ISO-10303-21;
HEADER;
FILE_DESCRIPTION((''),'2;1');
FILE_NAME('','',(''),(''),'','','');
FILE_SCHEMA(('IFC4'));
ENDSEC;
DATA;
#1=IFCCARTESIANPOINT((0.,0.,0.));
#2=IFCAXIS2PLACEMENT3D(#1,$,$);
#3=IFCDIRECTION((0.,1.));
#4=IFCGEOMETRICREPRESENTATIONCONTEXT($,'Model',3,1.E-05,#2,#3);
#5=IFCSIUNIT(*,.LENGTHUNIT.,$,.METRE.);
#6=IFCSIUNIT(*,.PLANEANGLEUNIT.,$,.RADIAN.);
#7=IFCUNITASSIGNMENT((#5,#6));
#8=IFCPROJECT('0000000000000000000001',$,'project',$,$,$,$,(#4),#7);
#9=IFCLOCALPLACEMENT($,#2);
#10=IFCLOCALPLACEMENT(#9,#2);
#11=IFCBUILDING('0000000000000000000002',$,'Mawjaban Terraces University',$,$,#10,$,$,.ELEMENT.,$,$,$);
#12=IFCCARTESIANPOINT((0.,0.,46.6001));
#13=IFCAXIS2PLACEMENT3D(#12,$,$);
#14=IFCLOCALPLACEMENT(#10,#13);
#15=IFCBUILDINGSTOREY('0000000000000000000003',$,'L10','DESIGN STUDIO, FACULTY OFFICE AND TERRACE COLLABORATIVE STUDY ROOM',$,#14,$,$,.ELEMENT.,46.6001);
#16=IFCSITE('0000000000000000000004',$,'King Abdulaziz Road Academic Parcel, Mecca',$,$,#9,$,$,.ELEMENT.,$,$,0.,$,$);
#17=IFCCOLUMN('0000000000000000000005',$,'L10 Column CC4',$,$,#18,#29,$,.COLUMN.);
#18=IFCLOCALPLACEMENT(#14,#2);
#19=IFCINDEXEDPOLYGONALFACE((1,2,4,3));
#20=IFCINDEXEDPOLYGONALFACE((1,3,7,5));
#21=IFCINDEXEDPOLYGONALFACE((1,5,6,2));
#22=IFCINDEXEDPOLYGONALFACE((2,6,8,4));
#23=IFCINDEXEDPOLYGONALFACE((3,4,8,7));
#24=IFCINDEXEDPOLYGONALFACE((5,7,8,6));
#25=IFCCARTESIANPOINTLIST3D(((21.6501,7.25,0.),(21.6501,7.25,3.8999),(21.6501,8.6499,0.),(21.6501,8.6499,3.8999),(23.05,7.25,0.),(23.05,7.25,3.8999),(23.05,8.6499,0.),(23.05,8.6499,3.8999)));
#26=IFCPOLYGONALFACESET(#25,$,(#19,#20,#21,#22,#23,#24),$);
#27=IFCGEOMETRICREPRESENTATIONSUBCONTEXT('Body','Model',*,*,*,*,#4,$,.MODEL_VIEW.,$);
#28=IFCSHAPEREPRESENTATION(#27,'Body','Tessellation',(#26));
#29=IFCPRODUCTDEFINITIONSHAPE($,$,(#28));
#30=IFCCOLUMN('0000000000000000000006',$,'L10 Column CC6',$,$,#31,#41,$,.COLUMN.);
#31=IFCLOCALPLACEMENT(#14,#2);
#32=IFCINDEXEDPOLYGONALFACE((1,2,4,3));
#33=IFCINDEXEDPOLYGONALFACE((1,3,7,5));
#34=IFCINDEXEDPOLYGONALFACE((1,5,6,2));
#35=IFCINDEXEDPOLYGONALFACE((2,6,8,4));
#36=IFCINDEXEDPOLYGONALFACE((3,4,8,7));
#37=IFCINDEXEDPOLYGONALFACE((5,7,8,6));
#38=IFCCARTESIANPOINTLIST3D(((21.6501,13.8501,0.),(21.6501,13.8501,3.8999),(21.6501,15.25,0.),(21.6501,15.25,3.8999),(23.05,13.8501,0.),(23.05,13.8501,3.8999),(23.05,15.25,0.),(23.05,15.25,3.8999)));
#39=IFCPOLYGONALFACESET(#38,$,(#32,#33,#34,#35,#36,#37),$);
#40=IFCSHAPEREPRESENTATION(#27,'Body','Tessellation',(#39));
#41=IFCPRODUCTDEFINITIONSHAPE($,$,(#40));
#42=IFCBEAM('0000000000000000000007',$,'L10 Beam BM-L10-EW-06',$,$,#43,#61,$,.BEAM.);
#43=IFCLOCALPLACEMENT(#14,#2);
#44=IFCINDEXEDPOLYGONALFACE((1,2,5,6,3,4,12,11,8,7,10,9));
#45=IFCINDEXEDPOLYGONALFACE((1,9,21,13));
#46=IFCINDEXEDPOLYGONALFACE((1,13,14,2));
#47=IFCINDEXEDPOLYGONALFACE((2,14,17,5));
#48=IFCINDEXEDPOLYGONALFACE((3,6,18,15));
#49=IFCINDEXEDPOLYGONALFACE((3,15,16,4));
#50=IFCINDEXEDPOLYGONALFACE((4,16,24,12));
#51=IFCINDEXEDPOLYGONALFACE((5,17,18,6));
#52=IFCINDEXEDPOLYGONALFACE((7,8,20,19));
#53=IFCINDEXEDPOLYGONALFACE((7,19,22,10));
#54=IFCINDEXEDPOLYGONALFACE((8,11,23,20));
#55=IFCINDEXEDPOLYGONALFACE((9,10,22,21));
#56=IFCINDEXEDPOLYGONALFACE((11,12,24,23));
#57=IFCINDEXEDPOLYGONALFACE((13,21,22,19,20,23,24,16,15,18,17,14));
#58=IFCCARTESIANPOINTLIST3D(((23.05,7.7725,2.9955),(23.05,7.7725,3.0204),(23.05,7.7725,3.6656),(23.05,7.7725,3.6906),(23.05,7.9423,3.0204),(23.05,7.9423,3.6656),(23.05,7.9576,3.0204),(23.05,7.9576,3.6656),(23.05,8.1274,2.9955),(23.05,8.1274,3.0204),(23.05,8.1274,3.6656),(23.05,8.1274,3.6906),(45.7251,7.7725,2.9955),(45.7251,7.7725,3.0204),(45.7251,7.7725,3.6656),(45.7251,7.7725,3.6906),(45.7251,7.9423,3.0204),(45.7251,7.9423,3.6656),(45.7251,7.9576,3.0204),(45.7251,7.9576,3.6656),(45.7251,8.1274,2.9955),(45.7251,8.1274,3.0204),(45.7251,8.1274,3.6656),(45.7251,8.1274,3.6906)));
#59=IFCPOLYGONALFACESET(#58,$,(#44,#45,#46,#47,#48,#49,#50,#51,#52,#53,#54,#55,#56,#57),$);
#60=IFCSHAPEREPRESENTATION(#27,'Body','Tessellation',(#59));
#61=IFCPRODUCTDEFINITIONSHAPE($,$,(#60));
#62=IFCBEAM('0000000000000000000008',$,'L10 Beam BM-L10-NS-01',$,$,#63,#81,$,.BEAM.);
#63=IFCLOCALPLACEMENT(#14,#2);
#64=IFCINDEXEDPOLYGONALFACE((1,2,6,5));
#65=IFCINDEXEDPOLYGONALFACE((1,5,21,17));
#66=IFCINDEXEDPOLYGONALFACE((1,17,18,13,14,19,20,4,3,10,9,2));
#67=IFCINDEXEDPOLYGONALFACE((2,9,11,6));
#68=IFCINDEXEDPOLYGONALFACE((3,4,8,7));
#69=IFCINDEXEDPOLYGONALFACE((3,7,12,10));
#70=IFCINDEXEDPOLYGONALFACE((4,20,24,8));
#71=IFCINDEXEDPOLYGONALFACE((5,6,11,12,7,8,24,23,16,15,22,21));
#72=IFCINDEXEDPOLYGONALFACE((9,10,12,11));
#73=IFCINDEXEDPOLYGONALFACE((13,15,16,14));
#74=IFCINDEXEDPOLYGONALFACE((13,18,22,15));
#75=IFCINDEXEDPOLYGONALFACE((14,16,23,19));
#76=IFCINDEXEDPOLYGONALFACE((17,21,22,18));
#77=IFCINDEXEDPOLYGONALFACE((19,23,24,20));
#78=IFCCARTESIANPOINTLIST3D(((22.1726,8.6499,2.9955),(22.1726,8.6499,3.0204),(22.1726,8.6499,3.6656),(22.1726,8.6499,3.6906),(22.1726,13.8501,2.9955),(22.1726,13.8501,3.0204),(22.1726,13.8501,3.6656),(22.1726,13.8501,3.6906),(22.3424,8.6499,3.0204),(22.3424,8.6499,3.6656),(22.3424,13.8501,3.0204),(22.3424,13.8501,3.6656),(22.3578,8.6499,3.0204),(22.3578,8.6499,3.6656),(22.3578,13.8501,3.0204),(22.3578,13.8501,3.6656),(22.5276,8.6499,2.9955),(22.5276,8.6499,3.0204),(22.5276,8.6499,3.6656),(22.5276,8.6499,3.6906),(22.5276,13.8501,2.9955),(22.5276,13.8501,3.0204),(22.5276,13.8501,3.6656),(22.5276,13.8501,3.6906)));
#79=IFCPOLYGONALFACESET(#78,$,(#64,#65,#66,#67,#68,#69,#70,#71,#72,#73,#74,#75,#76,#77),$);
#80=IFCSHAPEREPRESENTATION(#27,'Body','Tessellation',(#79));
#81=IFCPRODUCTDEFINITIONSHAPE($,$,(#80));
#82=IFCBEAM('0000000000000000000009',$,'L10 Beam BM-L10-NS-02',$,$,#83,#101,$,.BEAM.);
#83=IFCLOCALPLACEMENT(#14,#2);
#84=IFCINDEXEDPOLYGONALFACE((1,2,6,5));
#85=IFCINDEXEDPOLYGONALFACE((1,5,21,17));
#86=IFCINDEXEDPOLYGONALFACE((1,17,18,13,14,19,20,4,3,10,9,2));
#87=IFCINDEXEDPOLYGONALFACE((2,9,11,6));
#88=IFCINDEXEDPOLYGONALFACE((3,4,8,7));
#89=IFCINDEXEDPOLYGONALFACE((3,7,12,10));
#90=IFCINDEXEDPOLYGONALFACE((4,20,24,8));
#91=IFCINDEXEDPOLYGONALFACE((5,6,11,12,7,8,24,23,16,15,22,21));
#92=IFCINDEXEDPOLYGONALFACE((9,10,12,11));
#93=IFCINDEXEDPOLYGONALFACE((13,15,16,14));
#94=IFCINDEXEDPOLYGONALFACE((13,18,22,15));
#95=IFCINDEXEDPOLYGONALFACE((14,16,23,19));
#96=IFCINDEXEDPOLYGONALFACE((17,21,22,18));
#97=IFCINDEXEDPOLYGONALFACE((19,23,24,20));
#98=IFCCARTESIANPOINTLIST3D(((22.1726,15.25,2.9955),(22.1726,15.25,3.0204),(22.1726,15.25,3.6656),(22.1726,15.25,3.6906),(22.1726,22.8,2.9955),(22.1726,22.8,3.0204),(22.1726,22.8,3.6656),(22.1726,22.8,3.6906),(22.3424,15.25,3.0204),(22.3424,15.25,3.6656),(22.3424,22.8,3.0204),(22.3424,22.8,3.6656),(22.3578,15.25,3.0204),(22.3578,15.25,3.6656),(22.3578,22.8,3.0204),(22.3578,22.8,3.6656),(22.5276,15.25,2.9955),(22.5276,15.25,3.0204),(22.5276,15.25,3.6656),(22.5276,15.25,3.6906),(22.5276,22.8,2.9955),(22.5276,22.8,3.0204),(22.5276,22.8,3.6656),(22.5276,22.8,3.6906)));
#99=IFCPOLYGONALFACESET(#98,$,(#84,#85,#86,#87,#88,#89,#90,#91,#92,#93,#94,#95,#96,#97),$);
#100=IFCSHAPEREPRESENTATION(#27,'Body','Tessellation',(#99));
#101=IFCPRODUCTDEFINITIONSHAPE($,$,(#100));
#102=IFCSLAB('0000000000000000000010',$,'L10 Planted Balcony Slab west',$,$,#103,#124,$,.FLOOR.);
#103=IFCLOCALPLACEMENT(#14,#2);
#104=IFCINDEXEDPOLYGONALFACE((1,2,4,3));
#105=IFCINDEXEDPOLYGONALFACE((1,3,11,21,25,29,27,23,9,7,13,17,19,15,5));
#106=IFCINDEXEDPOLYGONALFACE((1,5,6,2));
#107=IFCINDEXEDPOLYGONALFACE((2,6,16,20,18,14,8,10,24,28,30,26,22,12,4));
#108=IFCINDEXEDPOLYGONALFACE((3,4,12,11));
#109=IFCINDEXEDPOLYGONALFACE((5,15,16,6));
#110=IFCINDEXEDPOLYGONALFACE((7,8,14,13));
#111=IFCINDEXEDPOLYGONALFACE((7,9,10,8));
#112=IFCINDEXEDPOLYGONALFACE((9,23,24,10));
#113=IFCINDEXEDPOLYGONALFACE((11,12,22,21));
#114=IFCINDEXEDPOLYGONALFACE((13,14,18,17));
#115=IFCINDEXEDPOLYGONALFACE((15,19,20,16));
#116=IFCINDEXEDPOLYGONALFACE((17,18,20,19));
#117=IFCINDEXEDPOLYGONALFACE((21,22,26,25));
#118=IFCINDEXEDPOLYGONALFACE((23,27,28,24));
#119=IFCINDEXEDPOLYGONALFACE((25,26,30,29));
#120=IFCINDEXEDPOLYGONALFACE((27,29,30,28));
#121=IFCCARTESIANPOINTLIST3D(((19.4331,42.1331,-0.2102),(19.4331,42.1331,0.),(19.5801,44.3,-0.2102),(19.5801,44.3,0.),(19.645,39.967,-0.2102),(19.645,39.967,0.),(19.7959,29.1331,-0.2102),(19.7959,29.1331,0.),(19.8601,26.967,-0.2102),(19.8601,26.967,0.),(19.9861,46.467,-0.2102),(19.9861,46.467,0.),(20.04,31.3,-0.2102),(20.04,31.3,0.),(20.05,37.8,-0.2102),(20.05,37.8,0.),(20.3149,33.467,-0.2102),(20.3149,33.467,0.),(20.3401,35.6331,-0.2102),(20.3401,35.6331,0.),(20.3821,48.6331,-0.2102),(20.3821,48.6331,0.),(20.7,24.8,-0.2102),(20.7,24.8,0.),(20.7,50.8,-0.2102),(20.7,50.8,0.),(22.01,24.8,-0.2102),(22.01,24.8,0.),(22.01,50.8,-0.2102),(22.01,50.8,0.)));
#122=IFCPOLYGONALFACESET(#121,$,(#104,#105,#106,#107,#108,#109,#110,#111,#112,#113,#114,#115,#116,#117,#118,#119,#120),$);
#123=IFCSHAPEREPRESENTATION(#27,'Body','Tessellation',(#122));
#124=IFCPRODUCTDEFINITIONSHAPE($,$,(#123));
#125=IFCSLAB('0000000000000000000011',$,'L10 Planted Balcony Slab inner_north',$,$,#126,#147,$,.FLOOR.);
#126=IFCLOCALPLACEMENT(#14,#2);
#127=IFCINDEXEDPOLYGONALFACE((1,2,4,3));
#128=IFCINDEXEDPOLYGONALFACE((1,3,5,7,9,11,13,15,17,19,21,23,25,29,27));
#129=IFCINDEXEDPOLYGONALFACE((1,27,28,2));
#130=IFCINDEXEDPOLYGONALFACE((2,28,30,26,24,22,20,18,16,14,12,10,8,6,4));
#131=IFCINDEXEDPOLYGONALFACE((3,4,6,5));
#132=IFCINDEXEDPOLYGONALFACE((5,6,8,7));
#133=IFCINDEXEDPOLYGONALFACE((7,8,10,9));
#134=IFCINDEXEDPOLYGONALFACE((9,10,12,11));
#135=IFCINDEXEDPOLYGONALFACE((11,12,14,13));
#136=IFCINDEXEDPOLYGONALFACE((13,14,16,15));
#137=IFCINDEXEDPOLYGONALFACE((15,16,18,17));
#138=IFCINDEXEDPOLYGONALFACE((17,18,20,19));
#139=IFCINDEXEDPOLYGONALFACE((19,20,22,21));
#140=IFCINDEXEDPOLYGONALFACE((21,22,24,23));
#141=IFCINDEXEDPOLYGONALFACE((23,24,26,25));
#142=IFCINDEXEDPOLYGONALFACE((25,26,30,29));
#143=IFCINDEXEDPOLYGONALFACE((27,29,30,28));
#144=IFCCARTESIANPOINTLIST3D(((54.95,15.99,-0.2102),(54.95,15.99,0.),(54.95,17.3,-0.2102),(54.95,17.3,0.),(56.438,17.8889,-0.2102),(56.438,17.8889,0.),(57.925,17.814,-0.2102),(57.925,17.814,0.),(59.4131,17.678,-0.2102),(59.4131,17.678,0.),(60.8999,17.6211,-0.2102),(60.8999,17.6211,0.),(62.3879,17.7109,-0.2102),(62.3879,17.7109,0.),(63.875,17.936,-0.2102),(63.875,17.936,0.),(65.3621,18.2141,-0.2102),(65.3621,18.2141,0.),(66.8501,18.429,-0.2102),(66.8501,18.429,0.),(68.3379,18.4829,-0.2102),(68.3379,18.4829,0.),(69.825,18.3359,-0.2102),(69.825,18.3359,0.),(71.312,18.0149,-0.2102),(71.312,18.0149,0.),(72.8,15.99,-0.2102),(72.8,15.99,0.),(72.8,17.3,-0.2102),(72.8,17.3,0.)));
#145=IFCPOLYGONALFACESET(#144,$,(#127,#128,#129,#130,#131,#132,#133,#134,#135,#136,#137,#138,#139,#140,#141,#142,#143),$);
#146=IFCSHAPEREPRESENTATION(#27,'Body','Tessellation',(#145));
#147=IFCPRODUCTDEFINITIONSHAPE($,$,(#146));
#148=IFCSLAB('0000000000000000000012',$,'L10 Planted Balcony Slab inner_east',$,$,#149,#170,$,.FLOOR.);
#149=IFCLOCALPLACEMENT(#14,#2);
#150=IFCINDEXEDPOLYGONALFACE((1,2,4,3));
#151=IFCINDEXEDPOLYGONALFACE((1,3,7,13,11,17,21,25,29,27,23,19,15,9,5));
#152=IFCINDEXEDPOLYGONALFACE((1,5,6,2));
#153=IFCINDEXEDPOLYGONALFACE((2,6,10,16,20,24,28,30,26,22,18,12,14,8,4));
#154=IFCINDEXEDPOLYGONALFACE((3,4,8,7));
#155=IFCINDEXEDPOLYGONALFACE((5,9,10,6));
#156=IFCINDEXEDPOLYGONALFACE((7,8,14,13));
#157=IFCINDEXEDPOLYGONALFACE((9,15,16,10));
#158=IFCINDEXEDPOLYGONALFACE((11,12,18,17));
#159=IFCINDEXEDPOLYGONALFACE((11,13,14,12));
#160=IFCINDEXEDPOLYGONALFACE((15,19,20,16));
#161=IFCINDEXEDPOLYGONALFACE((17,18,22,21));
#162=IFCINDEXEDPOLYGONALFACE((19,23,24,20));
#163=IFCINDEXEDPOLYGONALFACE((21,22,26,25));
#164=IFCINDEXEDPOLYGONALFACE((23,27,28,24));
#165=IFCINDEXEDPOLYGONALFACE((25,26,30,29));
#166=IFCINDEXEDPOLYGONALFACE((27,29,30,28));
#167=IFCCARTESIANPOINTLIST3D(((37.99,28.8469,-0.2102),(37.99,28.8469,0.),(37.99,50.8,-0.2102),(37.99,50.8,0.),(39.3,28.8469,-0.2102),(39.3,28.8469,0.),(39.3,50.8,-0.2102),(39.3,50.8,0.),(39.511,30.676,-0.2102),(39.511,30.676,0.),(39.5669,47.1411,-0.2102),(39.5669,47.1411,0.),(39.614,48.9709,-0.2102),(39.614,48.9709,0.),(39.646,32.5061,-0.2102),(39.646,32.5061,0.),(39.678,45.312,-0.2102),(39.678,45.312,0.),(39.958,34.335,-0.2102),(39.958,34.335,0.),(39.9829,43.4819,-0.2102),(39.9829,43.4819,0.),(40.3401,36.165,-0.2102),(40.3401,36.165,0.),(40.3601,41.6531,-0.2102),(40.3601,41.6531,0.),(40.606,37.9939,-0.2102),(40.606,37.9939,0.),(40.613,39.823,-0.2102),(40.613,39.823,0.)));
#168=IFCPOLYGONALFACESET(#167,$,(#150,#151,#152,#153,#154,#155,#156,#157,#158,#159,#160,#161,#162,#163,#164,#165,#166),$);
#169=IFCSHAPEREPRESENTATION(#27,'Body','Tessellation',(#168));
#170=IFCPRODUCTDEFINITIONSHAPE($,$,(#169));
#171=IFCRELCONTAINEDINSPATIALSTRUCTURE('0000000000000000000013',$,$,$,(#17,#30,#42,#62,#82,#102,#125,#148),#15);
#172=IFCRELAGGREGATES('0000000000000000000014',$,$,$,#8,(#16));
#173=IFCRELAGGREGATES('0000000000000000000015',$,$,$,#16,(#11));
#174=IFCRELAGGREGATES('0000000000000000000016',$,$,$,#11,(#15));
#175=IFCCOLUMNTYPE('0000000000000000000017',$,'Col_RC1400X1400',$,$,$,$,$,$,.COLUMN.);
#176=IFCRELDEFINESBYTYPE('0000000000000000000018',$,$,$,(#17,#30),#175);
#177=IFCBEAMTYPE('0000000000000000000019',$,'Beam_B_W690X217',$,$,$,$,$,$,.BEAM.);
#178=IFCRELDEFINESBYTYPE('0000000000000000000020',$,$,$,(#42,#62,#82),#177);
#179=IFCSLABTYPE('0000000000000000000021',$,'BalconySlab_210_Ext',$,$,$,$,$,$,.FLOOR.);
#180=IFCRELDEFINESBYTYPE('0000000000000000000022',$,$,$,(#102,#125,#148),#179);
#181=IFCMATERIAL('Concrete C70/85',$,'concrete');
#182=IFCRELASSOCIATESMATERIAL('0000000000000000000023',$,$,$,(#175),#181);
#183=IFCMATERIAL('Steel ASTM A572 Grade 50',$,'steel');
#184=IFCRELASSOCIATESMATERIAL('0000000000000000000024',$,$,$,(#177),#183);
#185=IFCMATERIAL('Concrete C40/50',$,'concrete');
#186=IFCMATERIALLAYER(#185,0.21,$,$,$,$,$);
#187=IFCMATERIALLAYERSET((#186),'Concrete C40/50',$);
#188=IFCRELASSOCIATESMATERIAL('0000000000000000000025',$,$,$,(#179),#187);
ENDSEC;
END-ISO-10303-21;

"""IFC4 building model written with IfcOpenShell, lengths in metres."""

from ifc_helpers import new_model, si_unit, direction, frame, origin, origin_2d, place, context, subcontext, project, spatial, polyline, rectangle, i_section, outline, extrude, material, layer, layer_set, material_profile, profile_set, type_object, element, save


model = new_model("IFC4")

# Units and contexts
model_context = context("Model", 3, precision=1e-05, world=origin(), true_north=direction((0.0, 1.0)))
body_context = subcontext(model_context, "Body", "Model", "MODEL_VIEW")
ifc_project = project(units=[si_unit("LENGTHUNIT", "METRE"), si_unit("PLANEANGLEUNIT", "RADIAN")], contexts=[model_context])

# Site, building, storey
site_placement = place(None, origin())
site = spatial("IfcSite", under=ifc_project, at=site_placement, Name="King Abdulaziz Road Academic Parcel, Mecca", CompositionType="ELEMENT", RefElevation=0.0)
building_placement = place(site_placement, origin())
building = spatial("IfcBuilding", under=site, at=building_placement, Name="Mawjaban Terraces University", CompositionType="ELEMENT")
storey_placement = place(building_placement, frame((0.0, 0.0, 46.6001)))
storey = spatial("IfcBuildingStorey", under=building, at=storey_placement, Name="L10", Description="DESIGN STUDIO, FACULTY OFFICE AND TERRACE COLLABORATIVE STUDY ROOM", CompositionType="ELEMENT", Elevation=46.6001)

# Columns
ifc_material_1 = material(Name="Concrete C70/85", Category="concrete")
ifc_material_profile_1 = material_profile(ifc_material_1, rectangle(XDim=1.3999, YDim=1.3999, at=origin_2d()), Name="RC1400X1400")
ifc_profile_set_1 = profile_set([ifc_material_profile_1], Name="Concrete C70/85")
column_type = type_object("IfcColumnType", Name="Col_RC1400X1400", PredefinedType="COLUMN", material=ifc_profile_set_1)
for number, where, z_axis, x_axis, name in (
    (1, (22.3501, 7.95, 0.0), (0.0, 0.0, 1.0), (1.0, 0.0, 0.0), "L10 Column CC4"),
    (2, (22.3501, 14.55, 0.0), (0.0, 0.0, 1.0), (1.0, 0.0, 0.0), "L10 Column CC6"),
):
    element("IfcColumn", number, at=place(storey_placement, frame(where, z_axis=z_axis, x_axis=x_axis)), inside=storey, type_object=column_type, Name=name, PredefinedType="COLUMN", context=body_context, shape_type="SweptSolid", body=[
        extrude(rectangle(XDim=1.3999, YDim=1.3999, at=origin_2d()), origin(), (0.0, 0.0, 1.0), 3.8999),
    ])

# Beams
ifc_material_2 = material(Name="Steel ASTM A572 Grade 50", Category="steel")
ifc_material_profile_2 = material_profile(ifc_material_2, i_section(OverallWidth=0.355, OverallDepth=0.6951, WebThickness=0.0154, FlangeThickness=0.0249, at=origin_2d()), Name="W690X217")
ifc_profile_set_2 = profile_set([ifc_material_profile_2], Name="Steel ASTM A572 Grade 50")
beam_type = type_object("IfcBeamType", Name="Beam_B_W690X217", PredefinedType="BEAM", material=ifc_profile_set_2)
beam_1_placement = place(storey_placement, frame((23.05, 7.95, 3.343), z_axis=(1.0, 0.0, 0.0), x_axis=(0.0, 1.0, 0.0)))
element("IfcBeam", 3, at=beam_1_placement, inside=storey, type_object=beam_type, Name="L10 Beam BM-L10-EW-06", PredefinedType="BEAM", context=body_context, shape_type="SweptSolid", body=[
    extrude(i_section(OverallWidth=0.355, OverallDepth=0.6951, WebThickness=0.0154, FlangeThickness=0.0249, at=origin_2d()), origin(), (0.0, 0.0, 1.0), 22.675),
])
beam_2_placement = place(storey_placement, frame((22.3501, 8.6499, 3.343), z_axis=(0.0, 1.0, 0.0), x_axis=(-1.0, 0.0, 0.0)))
element("IfcBeam", 4, at=beam_2_placement, inside=storey, type_object=beam_type, Name="L10 Beam BM-L10-NS-01", PredefinedType="BEAM", context=body_context, shape_type="SweptSolid", body=[
    extrude(i_section(OverallWidth=0.355, OverallDepth=0.6951, WebThickness=0.0154, FlangeThickness=0.0249, at=origin_2d()), origin(), (0.0, 0.0, 1.0), 5.2002),
])
beam_3_placement = place(storey_placement, frame((22.3501, 15.25, 3.343), z_axis=(0.0, 1.0, 0.0), x_axis=(-1.0, 0.0, 0.0)))
element("IfcBeam", 5, at=beam_3_placement, inside=storey, type_object=beam_type, Name="L10 Beam BM-L10-NS-02", PredefinedType="BEAM", context=body_context, shape_type="SweptSolid", body=[
    extrude(i_section(OverallWidth=0.355, OverallDepth=0.6951, WebThickness=0.0154, FlangeThickness=0.0249, at=origin_2d()), origin(), (0.0, 0.0, 1.0), 7.55),
])

# Slabs
ifc_material_3 = material(Name="Concrete C40/50", Category="concrete")
ifc_layer_1 = layer(ifc_material_3, 0.21)
ifc_layer_set_1 = layer_set([ifc_layer_1], Name="Concrete C40/50")
slab_type_1 = type_object("IfcSlabType", Name="BalconySlab_210_Ext", PredefinedType="FLOOR", material=ifc_layer_set_1)
slab_1_placement = place(storey_placement, frame((0.0, 0.0, -0.2102)))
element("IfcSlab", 6, at=slab_1_placement, inside=storey, type_object=slab_type_1, Name="L10 Planted Balcony Slab west", PredefinedType="FLOOR", context=body_context, shape_type="SweptSolid", body=[
    extrude(outline(polyline([(22.01, 24.8), (22.01, 50.8), (20.7, 50.8), (20.3821, 48.6331), (19.9861, 46.467), (19.5801, 44.3), (19.4331, 42.1331), (19.645, 39.967), (20.05, 37.8), (20.3401, 35.6331), (20.3149, 33.467), (20.04, 31.3), (19.7959, 29.1331), (19.8601, 26.967), (20.7, 24.8), (22.01, 24.8)])), origin(), (0.0, 0.0, 1.0), 0.2102),
])
slab_2_placement = place(storey_placement, frame((0.0, 0.0, -0.2102)))
element("IfcSlab", 7, at=slab_2_placement, inside=storey, type_object=slab_type_1, Name="L10 Planted Balcony Slab inner_north", PredefinedType="FLOOR", context=body_context, shape_type="SweptSolid", body=[
    extrude(outline(polyline([(54.95, 15.99), (72.8, 15.99), (72.8, 17.3), (71.312, 18.0149), (69.825, 18.3359), (68.3379, 18.4829), (66.8501, 18.429), (65.3621, 18.2141), (63.875, 17.936), (62.3879, 17.7109), (60.8999, 17.6211), (59.4131, 17.678), (57.925, 17.814), (56.438, 17.8889), (54.95, 17.3), (54.95, 15.99)])), origin(), (0.0, 0.0, 1.0), 0.2102),
])
slab_3_placement = place(storey_placement, frame((0.0, 0.0, -0.2102)))
element("IfcSlab", 8, at=slab_3_placement, inside=storey, type_object=slab_type_1, Name="L10 Planted Balcony Slab inner_east", PredefinedType="FLOOR", context=body_context, shape_type="SweptSolid", body=[
    extrude(outline(polyline([(39.3, 28.8469), (39.511, 30.676), (39.646, 32.5061), (39.958, 34.335), (40.3401, 36.165), (40.606, 37.9939), (40.613, 39.823), (40.3601, 41.6531), (39.9829, 43.4819), (39.678, 45.312), (39.5669, 47.1411), (39.614, 48.9709), (39.3, 50.8), (37.99, 50.8), (37.99, 28.8469), (39.3, 28.8469)])), origin(), (0.0, 0.0, 1.0), 0.2102),
])

save(model, "model.ifc")
